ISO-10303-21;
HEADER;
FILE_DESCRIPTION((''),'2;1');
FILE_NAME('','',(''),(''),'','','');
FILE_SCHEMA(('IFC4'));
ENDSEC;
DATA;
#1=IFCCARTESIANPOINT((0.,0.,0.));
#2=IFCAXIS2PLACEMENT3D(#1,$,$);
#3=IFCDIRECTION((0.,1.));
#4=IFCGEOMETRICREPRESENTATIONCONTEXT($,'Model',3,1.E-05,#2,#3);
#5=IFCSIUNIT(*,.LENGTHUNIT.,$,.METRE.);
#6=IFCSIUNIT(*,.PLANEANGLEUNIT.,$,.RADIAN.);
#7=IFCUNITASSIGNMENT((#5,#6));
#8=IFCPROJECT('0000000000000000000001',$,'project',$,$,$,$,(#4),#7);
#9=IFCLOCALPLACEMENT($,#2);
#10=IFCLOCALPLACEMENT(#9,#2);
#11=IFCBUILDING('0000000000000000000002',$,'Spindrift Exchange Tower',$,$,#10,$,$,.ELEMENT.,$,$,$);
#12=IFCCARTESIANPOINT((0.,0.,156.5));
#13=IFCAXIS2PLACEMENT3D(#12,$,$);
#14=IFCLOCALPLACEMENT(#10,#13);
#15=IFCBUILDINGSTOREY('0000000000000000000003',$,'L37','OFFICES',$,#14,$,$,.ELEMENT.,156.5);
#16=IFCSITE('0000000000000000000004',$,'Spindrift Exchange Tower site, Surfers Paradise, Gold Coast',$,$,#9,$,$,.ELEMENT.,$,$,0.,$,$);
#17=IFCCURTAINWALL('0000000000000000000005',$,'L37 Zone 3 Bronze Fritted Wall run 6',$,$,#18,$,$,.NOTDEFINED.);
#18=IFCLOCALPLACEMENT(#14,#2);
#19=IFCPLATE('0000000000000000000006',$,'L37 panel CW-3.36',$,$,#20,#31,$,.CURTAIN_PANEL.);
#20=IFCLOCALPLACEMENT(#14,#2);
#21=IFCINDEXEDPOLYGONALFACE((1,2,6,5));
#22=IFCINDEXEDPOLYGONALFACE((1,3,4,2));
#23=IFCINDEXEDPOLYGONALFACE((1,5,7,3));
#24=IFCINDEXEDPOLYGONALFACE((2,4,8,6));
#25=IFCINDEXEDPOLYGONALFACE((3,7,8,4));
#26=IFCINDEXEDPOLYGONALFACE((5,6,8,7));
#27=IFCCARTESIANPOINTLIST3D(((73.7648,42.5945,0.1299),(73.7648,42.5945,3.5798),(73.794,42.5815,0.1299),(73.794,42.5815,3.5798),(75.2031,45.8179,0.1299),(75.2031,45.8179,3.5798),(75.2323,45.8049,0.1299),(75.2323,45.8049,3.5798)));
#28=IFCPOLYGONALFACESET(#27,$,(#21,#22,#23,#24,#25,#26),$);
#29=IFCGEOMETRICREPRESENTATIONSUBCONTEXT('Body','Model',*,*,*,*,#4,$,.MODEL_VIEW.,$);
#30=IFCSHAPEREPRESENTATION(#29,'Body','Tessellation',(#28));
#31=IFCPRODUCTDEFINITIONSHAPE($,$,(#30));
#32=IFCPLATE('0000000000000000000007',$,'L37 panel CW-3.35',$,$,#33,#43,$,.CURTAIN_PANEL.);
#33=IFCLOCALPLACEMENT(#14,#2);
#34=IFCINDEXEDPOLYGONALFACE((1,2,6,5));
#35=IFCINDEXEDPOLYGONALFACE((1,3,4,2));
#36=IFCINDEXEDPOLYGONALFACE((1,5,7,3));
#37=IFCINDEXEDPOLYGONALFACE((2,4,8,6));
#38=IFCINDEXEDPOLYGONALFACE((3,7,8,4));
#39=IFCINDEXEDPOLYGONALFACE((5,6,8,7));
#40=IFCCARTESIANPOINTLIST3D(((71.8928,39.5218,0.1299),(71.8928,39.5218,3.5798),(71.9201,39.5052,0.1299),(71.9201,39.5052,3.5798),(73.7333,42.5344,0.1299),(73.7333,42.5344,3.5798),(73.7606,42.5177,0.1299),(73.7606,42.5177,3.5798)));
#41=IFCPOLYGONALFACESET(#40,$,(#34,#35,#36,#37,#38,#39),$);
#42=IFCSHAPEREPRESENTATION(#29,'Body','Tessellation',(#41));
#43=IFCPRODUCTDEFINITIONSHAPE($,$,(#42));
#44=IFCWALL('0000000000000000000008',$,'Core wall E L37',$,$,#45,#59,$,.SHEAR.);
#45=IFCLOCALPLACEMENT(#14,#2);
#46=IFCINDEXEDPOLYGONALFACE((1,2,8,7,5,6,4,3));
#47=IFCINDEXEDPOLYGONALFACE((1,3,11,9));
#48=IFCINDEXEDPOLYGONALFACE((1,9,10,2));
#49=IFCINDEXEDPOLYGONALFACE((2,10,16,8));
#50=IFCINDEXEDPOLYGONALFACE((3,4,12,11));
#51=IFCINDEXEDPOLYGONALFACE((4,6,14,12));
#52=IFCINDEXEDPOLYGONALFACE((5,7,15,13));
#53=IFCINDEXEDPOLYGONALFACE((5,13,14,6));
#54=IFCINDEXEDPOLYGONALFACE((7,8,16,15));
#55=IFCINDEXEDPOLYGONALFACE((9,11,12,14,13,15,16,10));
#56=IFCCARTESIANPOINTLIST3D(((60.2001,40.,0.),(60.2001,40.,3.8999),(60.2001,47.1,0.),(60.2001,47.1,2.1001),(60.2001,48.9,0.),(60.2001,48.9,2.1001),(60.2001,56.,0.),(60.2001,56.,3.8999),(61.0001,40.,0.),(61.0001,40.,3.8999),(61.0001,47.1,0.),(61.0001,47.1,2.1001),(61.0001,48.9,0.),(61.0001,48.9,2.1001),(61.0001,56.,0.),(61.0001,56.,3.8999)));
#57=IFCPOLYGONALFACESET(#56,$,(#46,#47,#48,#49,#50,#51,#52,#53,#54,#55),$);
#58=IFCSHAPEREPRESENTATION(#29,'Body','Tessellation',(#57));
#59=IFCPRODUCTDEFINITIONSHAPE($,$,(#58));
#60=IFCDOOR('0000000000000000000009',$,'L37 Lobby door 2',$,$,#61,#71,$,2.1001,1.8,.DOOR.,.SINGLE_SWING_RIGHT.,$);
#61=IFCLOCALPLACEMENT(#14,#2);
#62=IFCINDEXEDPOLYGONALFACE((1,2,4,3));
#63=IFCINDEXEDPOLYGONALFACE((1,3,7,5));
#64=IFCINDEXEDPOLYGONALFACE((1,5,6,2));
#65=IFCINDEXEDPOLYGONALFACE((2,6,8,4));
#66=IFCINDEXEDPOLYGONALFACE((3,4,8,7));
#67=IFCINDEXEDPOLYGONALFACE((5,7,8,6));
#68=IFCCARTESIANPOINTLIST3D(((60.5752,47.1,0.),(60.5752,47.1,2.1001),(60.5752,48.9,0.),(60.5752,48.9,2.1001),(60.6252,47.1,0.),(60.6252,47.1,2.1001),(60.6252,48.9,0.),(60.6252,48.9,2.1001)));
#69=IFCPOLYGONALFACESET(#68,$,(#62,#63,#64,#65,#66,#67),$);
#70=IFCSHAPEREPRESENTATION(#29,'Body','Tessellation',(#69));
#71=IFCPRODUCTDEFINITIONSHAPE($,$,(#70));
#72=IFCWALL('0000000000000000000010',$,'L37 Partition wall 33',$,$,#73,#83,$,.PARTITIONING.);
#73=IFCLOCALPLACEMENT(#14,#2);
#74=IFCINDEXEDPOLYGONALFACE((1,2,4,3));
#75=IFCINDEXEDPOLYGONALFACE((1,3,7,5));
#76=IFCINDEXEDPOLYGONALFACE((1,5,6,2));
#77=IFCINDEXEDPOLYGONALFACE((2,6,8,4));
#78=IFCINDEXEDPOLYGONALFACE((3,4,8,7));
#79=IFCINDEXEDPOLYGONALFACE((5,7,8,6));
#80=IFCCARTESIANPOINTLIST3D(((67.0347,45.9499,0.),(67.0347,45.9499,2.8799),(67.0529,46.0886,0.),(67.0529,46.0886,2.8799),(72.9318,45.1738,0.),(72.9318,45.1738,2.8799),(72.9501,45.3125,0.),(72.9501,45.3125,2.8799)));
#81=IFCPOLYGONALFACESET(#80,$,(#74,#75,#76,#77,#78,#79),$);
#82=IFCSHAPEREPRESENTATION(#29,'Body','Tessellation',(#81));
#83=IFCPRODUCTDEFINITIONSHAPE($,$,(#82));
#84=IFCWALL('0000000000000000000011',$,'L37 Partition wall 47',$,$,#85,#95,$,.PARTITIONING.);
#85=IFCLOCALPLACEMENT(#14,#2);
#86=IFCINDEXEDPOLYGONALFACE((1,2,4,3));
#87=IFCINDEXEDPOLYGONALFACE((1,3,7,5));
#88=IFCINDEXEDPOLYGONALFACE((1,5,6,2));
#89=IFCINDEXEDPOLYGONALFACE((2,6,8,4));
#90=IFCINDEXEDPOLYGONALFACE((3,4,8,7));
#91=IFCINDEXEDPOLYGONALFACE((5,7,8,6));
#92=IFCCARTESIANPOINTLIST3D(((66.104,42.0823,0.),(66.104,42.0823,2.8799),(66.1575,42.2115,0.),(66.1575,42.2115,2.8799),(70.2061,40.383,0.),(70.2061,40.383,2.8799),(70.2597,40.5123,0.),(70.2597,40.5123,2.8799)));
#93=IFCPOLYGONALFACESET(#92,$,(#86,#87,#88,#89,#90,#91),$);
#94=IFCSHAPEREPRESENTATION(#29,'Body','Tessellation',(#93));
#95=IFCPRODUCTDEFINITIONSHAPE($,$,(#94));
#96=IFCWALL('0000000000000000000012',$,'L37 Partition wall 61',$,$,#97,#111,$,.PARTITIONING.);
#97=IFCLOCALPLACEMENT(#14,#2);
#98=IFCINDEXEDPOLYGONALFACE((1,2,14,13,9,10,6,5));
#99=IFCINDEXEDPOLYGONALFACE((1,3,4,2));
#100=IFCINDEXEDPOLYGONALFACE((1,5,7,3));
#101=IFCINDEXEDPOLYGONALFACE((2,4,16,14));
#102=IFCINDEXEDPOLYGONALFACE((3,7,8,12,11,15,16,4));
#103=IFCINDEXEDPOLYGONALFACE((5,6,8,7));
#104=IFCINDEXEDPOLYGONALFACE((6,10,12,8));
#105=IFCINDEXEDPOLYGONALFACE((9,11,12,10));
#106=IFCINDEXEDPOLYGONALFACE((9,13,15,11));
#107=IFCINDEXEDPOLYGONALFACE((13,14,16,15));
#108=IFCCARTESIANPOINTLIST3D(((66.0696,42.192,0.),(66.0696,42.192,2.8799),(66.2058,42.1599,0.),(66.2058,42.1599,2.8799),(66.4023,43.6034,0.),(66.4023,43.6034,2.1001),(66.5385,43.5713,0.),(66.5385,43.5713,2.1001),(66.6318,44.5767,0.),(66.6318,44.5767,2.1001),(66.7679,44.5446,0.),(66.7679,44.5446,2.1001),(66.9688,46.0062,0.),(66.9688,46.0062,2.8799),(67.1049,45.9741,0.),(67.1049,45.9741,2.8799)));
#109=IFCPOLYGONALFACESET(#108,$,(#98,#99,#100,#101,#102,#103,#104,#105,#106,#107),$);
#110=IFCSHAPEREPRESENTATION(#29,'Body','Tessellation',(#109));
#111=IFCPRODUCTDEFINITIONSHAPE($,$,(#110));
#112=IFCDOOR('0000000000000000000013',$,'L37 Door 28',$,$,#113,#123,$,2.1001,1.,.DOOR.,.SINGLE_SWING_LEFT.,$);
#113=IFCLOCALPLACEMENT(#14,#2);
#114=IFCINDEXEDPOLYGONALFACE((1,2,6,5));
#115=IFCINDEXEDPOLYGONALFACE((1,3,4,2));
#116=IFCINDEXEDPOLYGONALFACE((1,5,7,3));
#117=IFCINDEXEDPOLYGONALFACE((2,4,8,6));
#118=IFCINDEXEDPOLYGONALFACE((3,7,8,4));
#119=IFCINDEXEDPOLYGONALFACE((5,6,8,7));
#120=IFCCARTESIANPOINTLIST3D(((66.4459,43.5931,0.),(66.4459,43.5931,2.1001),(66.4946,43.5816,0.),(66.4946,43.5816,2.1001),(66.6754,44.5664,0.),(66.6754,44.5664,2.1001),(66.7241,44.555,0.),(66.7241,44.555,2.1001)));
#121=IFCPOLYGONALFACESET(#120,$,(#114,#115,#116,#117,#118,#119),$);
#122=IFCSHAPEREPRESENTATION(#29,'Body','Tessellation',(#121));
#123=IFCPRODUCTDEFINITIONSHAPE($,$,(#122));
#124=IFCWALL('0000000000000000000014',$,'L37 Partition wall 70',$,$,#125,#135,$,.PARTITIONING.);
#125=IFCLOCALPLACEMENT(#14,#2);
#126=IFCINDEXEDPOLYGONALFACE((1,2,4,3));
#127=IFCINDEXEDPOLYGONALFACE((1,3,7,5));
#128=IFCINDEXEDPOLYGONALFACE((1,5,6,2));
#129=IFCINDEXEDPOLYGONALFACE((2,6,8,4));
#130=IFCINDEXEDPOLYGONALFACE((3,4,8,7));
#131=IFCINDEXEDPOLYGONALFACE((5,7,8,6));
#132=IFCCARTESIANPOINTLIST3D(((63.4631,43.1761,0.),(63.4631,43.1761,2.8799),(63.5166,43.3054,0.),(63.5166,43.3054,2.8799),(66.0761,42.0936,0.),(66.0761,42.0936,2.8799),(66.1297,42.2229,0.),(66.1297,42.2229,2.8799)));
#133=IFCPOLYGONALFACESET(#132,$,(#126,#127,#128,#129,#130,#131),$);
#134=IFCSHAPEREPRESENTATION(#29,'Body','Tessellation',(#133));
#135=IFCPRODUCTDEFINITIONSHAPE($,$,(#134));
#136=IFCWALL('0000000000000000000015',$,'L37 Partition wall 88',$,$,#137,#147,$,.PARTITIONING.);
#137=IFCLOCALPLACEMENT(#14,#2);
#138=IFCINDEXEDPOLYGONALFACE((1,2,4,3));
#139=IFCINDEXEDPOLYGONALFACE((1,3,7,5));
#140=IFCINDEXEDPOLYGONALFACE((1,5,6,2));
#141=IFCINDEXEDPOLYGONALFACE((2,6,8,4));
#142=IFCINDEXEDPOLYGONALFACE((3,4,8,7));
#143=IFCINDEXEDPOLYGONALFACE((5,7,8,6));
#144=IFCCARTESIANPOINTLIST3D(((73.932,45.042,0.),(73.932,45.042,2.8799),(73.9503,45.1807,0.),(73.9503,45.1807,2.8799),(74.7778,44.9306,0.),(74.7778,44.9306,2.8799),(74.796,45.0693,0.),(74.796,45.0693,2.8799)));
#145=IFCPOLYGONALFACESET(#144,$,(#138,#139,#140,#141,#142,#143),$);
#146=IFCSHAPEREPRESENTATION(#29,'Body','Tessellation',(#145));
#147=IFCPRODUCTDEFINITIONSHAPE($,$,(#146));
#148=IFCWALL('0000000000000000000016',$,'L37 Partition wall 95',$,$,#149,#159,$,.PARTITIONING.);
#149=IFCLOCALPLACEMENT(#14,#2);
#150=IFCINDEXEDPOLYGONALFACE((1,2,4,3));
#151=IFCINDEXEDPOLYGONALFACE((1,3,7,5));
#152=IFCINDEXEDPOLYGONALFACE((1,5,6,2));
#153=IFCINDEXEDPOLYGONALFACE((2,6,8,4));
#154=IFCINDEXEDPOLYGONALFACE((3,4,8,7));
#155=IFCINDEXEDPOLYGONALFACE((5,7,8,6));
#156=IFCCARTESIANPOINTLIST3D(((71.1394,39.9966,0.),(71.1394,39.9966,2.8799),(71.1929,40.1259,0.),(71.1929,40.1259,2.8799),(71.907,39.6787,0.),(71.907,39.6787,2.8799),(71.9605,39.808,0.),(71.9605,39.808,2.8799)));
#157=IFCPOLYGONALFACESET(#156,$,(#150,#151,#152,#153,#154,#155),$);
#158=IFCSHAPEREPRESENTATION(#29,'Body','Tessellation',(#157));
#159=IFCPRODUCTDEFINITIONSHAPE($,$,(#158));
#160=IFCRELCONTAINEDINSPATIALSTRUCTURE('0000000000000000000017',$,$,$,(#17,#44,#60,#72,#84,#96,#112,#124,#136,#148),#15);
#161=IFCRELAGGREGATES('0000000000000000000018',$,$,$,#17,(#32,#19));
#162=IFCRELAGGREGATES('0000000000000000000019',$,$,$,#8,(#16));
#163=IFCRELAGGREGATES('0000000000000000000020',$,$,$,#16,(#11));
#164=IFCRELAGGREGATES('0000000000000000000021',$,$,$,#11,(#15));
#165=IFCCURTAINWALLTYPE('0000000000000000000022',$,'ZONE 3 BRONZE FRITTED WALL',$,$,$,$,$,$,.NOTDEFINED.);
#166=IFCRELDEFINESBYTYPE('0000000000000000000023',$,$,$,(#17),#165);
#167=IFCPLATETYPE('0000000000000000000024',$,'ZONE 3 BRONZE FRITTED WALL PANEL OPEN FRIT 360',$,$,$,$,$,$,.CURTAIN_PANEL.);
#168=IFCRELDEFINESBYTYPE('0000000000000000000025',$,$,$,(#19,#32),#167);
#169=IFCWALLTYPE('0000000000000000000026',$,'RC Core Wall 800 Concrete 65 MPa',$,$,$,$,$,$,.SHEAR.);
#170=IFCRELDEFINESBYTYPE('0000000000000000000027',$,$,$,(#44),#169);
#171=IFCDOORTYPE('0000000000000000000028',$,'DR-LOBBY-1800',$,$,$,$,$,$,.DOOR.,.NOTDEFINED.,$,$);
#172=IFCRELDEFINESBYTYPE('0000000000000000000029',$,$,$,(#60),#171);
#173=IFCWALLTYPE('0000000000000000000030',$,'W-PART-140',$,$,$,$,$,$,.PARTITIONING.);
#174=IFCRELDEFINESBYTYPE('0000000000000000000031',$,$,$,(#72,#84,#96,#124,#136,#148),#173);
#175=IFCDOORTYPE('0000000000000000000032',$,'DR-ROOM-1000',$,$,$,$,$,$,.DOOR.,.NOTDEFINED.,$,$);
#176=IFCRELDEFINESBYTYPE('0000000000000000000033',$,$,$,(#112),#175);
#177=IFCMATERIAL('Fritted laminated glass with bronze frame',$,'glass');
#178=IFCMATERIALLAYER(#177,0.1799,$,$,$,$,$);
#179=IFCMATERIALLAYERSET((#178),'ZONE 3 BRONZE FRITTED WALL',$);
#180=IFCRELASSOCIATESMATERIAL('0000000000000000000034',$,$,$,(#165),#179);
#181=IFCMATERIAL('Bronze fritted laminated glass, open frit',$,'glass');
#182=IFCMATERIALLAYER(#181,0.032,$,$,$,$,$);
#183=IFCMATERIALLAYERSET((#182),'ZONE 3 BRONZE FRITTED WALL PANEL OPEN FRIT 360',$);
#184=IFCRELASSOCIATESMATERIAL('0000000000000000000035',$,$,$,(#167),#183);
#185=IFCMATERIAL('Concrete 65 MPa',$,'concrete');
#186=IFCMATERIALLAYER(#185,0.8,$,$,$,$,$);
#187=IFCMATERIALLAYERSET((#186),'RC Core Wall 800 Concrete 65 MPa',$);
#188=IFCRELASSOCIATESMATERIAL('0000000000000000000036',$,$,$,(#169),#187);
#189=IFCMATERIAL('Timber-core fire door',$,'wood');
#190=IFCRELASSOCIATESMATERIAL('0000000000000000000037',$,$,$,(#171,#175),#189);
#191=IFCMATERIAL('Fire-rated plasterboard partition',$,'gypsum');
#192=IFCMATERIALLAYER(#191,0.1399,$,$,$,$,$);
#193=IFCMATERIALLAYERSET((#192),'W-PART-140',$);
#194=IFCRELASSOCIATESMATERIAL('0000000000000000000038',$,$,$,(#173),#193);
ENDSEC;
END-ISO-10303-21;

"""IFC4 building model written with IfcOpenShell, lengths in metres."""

from ifc_helpers import new_model, si_unit, direction, frame, frame_2d, origin, origin_2d, place, context, subcontext, project, spatial, rectangle, extrude, source, transform, mapped, material, layer, layer_set, type_object, element, fill, aggregate, save


model = new_model("IFC4")

# Units and contexts
model_context = context("Model", 3, precision=1e-05, world=origin(), true_north=direction((0.0, 1.0)))
body_context = subcontext(model_context, "Body", "Model", "MODEL_VIEW")
ifc_project = project(units=[si_unit("LENGTHUNIT", "METRE"), si_unit("PLANEANGLEUNIT", "RADIAN")], contexts=[model_context])

# Site, building, storey
site_placement = place(None, origin())
site = spatial("IfcSite", under=ifc_project, at=site_placement, Name="Spindrift Exchange Tower site, Surfers Paradise, Gold Coast", CompositionType="ELEMENT", RefElevation=0.0)
building_placement = place(site_placement, origin())
building = spatial("IfcBuilding", under=site, at=building_placement, Name="Spindrift Exchange Tower", CompositionType="ELEMENT")
storey_placement = place(building_placement, frame((0.0, 0.0, 156.5)))
storey = spatial("IfcBuildingStorey", under=building, at=storey_placement, Name="L37", Description="OFFICES", CompositionType="ELEMENT", Elevation=156.5)

# Curtain wall
ifc_material_1 = material(Name="Fritted laminated glass with bronze frame", Category="glass")
ifc_layer_1 = layer(ifc_material_1, 0.1799)
ifc_layer_set_1 = layer_set([ifc_layer_1], Name="ZONE 3 BRONZE FRITTED WALL")
curtain_wall_type = type_object("IfcCurtainWallType", Name="ZONE 3 BRONZE FRITTED WALL", PredefinedType="NOTDEFINED", material=ifc_layer_set_1)
curtain_wall_1_placement = place(storey_placement, origin())
curtain_wall_1 = element("IfcCurtainWall", 1, at=curtain_wall_1_placement, inside=storey, type_object=curtain_wall_type, Name="L37 Zone 3 Bronze Fritted Wall run 6", PredefinedType="NOTDEFINED")

# Plates
ifc_material_2 = material(Name="Bronze fritted laminated glass, open frit", Category="glass")
ifc_layer_2 = layer(ifc_material_2, 0.032)
ifc_layer_set_2 = layer_set([ifc_layer_2], Name="ZONE 3 BRONZE FRITTED WALL PANEL OPEN FRIT 360")
plate_type = type_object("IfcPlateType", Name="ZONE 3 BRONZE FRITTED WALL PANEL OPEN FRIT 360", PredefinedType="CURTAIN_PANEL", material=ifc_layer_set_2)
shared_shape_1 = source(origin(), body_context, "Body", "SweptSolid", [
    extrude(rectangle(XDim=3.5298, YDim=0.032, at=origin_2d()), origin(), (0.0, 0.0, 1.0), 3.45),
])
plate_1_placement = place(storey_placement, frame((74.4985, 44.1997, 0.1299), z_axis=(0.0, 0.0, 1.0), x_axis=(0.407491, 0.913209, 0.0)))
plate_1 = element("IfcPlate", 2, at=plate_1_placement, type_object=plate_type, Name="L37 panel CW-3.36", PredefinedType="CURTAIN_PANEL", context=body_context, shape_type="MappedRepresentation", body=[
    mapped(shared_shape_1, transform((0.0, 0.0, 0.0), scale=1.0)),
])
shared_shape_2 = source(origin(), body_context, "Body", "SweptSolid", [
    extrude(rectangle(XDim=3.5303, YDim=0.032, at=origin_2d()), origin(), (0.0, 0.0, 1.0), 3.45),
])
plate_2_placement = place(storey_placement, frame((72.8267, 41.0198, 0.1299), z_axis=(0.0, 0.0, 1.0), x_axis=(0.521345, 0.853346, 0.0)))
plate_2 = element("IfcPlate", 3, at=plate_2_placement, type_object=plate_type, Name="L37 panel CW-3.35", PredefinedType="CURTAIN_PANEL", context=body_context, shape_type="MappedRepresentation", body=[
    mapped(shared_shape_2, transform((0.0, 0.0, 0.0), scale=1.0)),
])
aggregate(curtain_wall_1, [plate_2, plate_1])

# Wall, opening, door
ifc_material_3 = material(Name="Concrete 65 MPa", Category="concrete")
ifc_layer_3 = layer(ifc_material_3, 0.8)
ifc_layer_set_3 = layer_set([ifc_layer_3], Name="RC Core Wall 800 Concrete 65 MPa")
wall_type_1 = type_object("IfcWallType", Name="RC Core Wall 800 Concrete 65 MPa", PredefinedType="SHEAR", material=ifc_layer_set_3)
wall_1_placement = place(storey_placement, frame((60.6001, 40.0, 0.0), z_axis=(0.0, 0.0, 1.0), x_axis=(0.0, 1.0, 0.0)))
wall_1 = element("IfcWall", 4, at=wall_1_placement, inside=storey, type_object=wall_type_1, Name="Core wall E L37", PredefinedType="SHEAR", context=body_context, shape_type="SweptSolid", body=[
    extrude(rectangle(XDim=16.0, YDim=0.8, at=frame_2d((8.0, 0.0))), origin(), (0.0, 0.0, 1.0), 3.8999),
])
opening_1_placement = place(wall_1_placement, frame((7.1001, 0.0, 0.0)))
opening_1 = element("IfcOpeningElement", 5, at=opening_1_placement, cuts=wall_1, PredefinedType="OPENING", context=body_context, shape_type="SweptSolid", body=[
    extrude(rectangle(XDim=1.8, YDim=2.1001, at=frame_2d((0.8999, 1.05))), frame((0.0, 0.4099, 0.0), z_axis=(0.0, -1.0, 0.0), x_axis=(1.0, 0.0, 0.0)), (0.0, 0.0, 1.0), 0.8201),
])
ifc_material_4 = material(Name="Timber-core fire door", Category="wood")
door_type_1 = type_object("IfcDoorType", Name="DR-LOBBY-1800", OperationType="NOTDEFINED", PredefinedType="DOOR", material=ifc_material_4)
shared_shape_3 = source(origin(), body_context, "Body", "SweptSolid", [
    extrude(rectangle(XDim=1.8, YDim=2.1001, at=frame_2d((0.8999, 1.05))), frame((0.0, 0.0249, 0.0), z_axis=(0.0, -1.0, 0.0), x_axis=(1.0, 0.0, 0.0)), (0.0, 0.0, 1.0), 0.05),
])
door_1_placement = place(opening_1_placement, origin())
door_1 = element("IfcDoor", 6, at=door_1_placement, inside=storey, type_object=door_type_1, Name="L37 Lobby door 2", OperationType="SINGLE_SWING_RIGHT", OverallHeight=2.1001, OverallWidth=1.8, PredefinedType="DOOR", context=body_context, shape_type="MappedRepresentation", body=[
    mapped(shared_shape_3, transform((0.0, 0.0, 0.0), scale=1.0)),
])
fill(opening_1, door_1)

# Walls
ifc_material_5 = material(Name="Fire-rated plasterboard partition", Category="gypsum")
ifc_layer_4 = layer(ifc_material_5, 0.1399)
ifc_layer_set_4 = layer_set([ifc_layer_4], Name="W-PART-140")
wall_type_2 = type_object("IfcWallType", Name="W-PART-140", PredefinedType="PARTITIONING", material=ifc_layer_set_4)
wall_2_placement = place(storey_placement, frame((67.0437, 46.0193, 0.0), z_axis=(0.0, 0.0, 1.0), x_axis=(0.991451, -0.130483, 0.0)))
element("IfcWall", 7, at=wall_2_placement, inside=storey, type_object=wall_type_2, Name="L37 Partition wall 33", PredefinedType="PARTITIONING", context=body_context, shape_type="SweptSolid", body=[
    extrude(rectangle(XDim=5.948, YDim=0.1399, at=frame_2d((2.9741, 0.0))), origin(), (0.0, 0.0, 1.0), 2.8799),
])
wall_3_placement = place(storey_placement, frame((66.1306, 42.147, 0.0), z_axis=(0.0, 0.0, 1.0), x_axis=(0.923872, -0.382701, 0.0)))
element("IfcWall", 8, at=wall_3_placement, inside=storey, type_object=wall_type_2, Name="L37 Partition wall 47", PredefinedType="PARTITIONING", context=body_context, shape_type="SweptSolid", body=[
    extrude(rectangle(XDim=4.4402, YDim=0.1399, at=frame_2d((2.2202, 0.0))), origin(), (0.0, 0.0, 1.0), 2.8799),
])

# Wall, opening, door
wall_4_placement = place(storey_placement, frame((67.0369, 45.9902, 0.0), z_axis=(0.0, 0.0, 1.0), x_axis=(-0.229453, -0.97332, 0.0)))
wall_4 = element("IfcWall", 9, at=wall_4_placement, inside=storey, type_object=wall_type_2, Name="L37 Partition wall 61", PredefinedType="PARTITIONING", context=body_context, shape_type="SweptSolid", body=[
    extrude(rectangle(XDim=3.9187, YDim=0.1399, at=frame_2d((1.9595, 0.0))), origin(), (0.0, 0.0, 1.0), 2.8799),
])
opening_2_placement = place(wall_4_placement, frame((1.4688, 0.0, 0.0)))
opening_2 = element("IfcOpeningElement", 10, at=opening_2_placement, cuts=wall_4, PredefinedType="OPENING", context=body_context, shape_type="SweptSolid", body=[
    extrude(rectangle(XDim=1.0, YDim=2.1001, at=frame_2d((0.5, 1.05))), frame((0.0, 0.0798, 0.0), z_axis=(0.0, -1.0, 0.0), x_axis=(1.0, 0.0, 0.0)), (0.0, 0.0, 1.0), 0.1599),
])
door_type_2 = type_object("IfcDoorType", Name="DR-ROOM-1000", OperationType="NOTDEFINED", PredefinedType="DOOR", material=ifc_material_4)
shared_shape_4 = source(origin(), body_context, "Body", "SweptSolid", [
    extrude(rectangle(XDim=1.0, YDim=2.1001, at=frame_2d((0.5, 1.05))), frame((0.0, 0.0249, 0.0), z_axis=(0.0, -1.0, 0.0), x_axis=(1.0, 0.0, 0.0)), (0.0, 0.0, 1.0), 0.05),
])
door_2_placement = place(opening_2_placement, origin())
door_2 = element("IfcDoor", 11, at=door_2_placement, inside=storey, type_object=door_type_2, Name="L37 Door 28", OperationType="SINGLE_SWING_LEFT", OverallHeight=2.1001, OverallWidth=1.0, PredefinedType="DOOR", context=body_context, shape_type="MappedRepresentation", body=[
    mapped(shared_shape_4, transform((0.0, 0.0, 0.0), scale=1.0)),
])
fill(opening_2, door_2)

# Walls
wall_5_placement = place(storey_placement, frame((63.49, 43.2407, 0.0), z_axis=(0.0, 0.0, 1.0), x_axis=(0.923859, -0.382733, 0.0)))
element("IfcWall", 12, at=wall_5_placement, inside=storey, type_object=wall_type_2, Name="L37 Partition wall 70", PredefinedType="PARTITIONING", context=body_context, shape_type="SweptSolid", body=[
    extrude(rectangle(XDim=2.8284, YDim=0.1399, at=frame_2d((1.4141, 0.0))), origin(), (0.0, 0.0, 1.0), 2.8799),
])
wall_6_placement = place(storey_placement, frame((73.9412, 45.1113, 0.0), z_axis=(0.0, 0.0, 1.0), x_axis=(0.991447, -0.130514, 0.0)))
element("IfcWall", 13, at=wall_6_placement, inside=storey, type_object=wall_type_2, Name="L37 Partition wall 88", PredefinedType="PARTITIONING", context=body_context, shape_type="SweptSolid", body=[
    extrude(rectangle(XDim=0.853, YDim=0.1399, at=frame_2d((0.4265, 0.0))), origin(), (0.0, 0.0, 1.0), 2.8799),
])
wall_7_placement = place(storey_placement, frame((71.166, 40.0613, 0.0), z_axis=(0.0, 0.0, 1.0), x_axis=(0.923909, -0.382611, 0.0)))
element("IfcWall", 14, at=wall_7_placement, inside=storey, type_object=wall_type_2, Name="L37 Partition wall 95", PredefinedType="PARTITIONING", context=body_context, shape_type="SweptSolid", body=[
    extrude(rectangle(XDim=0.8308, YDim=0.1399, at=frame_2d((0.4155, 0.0))), origin(), (0.0, 0.0, 1.0), 2.8799),
])

save(model, "model.ifc")
